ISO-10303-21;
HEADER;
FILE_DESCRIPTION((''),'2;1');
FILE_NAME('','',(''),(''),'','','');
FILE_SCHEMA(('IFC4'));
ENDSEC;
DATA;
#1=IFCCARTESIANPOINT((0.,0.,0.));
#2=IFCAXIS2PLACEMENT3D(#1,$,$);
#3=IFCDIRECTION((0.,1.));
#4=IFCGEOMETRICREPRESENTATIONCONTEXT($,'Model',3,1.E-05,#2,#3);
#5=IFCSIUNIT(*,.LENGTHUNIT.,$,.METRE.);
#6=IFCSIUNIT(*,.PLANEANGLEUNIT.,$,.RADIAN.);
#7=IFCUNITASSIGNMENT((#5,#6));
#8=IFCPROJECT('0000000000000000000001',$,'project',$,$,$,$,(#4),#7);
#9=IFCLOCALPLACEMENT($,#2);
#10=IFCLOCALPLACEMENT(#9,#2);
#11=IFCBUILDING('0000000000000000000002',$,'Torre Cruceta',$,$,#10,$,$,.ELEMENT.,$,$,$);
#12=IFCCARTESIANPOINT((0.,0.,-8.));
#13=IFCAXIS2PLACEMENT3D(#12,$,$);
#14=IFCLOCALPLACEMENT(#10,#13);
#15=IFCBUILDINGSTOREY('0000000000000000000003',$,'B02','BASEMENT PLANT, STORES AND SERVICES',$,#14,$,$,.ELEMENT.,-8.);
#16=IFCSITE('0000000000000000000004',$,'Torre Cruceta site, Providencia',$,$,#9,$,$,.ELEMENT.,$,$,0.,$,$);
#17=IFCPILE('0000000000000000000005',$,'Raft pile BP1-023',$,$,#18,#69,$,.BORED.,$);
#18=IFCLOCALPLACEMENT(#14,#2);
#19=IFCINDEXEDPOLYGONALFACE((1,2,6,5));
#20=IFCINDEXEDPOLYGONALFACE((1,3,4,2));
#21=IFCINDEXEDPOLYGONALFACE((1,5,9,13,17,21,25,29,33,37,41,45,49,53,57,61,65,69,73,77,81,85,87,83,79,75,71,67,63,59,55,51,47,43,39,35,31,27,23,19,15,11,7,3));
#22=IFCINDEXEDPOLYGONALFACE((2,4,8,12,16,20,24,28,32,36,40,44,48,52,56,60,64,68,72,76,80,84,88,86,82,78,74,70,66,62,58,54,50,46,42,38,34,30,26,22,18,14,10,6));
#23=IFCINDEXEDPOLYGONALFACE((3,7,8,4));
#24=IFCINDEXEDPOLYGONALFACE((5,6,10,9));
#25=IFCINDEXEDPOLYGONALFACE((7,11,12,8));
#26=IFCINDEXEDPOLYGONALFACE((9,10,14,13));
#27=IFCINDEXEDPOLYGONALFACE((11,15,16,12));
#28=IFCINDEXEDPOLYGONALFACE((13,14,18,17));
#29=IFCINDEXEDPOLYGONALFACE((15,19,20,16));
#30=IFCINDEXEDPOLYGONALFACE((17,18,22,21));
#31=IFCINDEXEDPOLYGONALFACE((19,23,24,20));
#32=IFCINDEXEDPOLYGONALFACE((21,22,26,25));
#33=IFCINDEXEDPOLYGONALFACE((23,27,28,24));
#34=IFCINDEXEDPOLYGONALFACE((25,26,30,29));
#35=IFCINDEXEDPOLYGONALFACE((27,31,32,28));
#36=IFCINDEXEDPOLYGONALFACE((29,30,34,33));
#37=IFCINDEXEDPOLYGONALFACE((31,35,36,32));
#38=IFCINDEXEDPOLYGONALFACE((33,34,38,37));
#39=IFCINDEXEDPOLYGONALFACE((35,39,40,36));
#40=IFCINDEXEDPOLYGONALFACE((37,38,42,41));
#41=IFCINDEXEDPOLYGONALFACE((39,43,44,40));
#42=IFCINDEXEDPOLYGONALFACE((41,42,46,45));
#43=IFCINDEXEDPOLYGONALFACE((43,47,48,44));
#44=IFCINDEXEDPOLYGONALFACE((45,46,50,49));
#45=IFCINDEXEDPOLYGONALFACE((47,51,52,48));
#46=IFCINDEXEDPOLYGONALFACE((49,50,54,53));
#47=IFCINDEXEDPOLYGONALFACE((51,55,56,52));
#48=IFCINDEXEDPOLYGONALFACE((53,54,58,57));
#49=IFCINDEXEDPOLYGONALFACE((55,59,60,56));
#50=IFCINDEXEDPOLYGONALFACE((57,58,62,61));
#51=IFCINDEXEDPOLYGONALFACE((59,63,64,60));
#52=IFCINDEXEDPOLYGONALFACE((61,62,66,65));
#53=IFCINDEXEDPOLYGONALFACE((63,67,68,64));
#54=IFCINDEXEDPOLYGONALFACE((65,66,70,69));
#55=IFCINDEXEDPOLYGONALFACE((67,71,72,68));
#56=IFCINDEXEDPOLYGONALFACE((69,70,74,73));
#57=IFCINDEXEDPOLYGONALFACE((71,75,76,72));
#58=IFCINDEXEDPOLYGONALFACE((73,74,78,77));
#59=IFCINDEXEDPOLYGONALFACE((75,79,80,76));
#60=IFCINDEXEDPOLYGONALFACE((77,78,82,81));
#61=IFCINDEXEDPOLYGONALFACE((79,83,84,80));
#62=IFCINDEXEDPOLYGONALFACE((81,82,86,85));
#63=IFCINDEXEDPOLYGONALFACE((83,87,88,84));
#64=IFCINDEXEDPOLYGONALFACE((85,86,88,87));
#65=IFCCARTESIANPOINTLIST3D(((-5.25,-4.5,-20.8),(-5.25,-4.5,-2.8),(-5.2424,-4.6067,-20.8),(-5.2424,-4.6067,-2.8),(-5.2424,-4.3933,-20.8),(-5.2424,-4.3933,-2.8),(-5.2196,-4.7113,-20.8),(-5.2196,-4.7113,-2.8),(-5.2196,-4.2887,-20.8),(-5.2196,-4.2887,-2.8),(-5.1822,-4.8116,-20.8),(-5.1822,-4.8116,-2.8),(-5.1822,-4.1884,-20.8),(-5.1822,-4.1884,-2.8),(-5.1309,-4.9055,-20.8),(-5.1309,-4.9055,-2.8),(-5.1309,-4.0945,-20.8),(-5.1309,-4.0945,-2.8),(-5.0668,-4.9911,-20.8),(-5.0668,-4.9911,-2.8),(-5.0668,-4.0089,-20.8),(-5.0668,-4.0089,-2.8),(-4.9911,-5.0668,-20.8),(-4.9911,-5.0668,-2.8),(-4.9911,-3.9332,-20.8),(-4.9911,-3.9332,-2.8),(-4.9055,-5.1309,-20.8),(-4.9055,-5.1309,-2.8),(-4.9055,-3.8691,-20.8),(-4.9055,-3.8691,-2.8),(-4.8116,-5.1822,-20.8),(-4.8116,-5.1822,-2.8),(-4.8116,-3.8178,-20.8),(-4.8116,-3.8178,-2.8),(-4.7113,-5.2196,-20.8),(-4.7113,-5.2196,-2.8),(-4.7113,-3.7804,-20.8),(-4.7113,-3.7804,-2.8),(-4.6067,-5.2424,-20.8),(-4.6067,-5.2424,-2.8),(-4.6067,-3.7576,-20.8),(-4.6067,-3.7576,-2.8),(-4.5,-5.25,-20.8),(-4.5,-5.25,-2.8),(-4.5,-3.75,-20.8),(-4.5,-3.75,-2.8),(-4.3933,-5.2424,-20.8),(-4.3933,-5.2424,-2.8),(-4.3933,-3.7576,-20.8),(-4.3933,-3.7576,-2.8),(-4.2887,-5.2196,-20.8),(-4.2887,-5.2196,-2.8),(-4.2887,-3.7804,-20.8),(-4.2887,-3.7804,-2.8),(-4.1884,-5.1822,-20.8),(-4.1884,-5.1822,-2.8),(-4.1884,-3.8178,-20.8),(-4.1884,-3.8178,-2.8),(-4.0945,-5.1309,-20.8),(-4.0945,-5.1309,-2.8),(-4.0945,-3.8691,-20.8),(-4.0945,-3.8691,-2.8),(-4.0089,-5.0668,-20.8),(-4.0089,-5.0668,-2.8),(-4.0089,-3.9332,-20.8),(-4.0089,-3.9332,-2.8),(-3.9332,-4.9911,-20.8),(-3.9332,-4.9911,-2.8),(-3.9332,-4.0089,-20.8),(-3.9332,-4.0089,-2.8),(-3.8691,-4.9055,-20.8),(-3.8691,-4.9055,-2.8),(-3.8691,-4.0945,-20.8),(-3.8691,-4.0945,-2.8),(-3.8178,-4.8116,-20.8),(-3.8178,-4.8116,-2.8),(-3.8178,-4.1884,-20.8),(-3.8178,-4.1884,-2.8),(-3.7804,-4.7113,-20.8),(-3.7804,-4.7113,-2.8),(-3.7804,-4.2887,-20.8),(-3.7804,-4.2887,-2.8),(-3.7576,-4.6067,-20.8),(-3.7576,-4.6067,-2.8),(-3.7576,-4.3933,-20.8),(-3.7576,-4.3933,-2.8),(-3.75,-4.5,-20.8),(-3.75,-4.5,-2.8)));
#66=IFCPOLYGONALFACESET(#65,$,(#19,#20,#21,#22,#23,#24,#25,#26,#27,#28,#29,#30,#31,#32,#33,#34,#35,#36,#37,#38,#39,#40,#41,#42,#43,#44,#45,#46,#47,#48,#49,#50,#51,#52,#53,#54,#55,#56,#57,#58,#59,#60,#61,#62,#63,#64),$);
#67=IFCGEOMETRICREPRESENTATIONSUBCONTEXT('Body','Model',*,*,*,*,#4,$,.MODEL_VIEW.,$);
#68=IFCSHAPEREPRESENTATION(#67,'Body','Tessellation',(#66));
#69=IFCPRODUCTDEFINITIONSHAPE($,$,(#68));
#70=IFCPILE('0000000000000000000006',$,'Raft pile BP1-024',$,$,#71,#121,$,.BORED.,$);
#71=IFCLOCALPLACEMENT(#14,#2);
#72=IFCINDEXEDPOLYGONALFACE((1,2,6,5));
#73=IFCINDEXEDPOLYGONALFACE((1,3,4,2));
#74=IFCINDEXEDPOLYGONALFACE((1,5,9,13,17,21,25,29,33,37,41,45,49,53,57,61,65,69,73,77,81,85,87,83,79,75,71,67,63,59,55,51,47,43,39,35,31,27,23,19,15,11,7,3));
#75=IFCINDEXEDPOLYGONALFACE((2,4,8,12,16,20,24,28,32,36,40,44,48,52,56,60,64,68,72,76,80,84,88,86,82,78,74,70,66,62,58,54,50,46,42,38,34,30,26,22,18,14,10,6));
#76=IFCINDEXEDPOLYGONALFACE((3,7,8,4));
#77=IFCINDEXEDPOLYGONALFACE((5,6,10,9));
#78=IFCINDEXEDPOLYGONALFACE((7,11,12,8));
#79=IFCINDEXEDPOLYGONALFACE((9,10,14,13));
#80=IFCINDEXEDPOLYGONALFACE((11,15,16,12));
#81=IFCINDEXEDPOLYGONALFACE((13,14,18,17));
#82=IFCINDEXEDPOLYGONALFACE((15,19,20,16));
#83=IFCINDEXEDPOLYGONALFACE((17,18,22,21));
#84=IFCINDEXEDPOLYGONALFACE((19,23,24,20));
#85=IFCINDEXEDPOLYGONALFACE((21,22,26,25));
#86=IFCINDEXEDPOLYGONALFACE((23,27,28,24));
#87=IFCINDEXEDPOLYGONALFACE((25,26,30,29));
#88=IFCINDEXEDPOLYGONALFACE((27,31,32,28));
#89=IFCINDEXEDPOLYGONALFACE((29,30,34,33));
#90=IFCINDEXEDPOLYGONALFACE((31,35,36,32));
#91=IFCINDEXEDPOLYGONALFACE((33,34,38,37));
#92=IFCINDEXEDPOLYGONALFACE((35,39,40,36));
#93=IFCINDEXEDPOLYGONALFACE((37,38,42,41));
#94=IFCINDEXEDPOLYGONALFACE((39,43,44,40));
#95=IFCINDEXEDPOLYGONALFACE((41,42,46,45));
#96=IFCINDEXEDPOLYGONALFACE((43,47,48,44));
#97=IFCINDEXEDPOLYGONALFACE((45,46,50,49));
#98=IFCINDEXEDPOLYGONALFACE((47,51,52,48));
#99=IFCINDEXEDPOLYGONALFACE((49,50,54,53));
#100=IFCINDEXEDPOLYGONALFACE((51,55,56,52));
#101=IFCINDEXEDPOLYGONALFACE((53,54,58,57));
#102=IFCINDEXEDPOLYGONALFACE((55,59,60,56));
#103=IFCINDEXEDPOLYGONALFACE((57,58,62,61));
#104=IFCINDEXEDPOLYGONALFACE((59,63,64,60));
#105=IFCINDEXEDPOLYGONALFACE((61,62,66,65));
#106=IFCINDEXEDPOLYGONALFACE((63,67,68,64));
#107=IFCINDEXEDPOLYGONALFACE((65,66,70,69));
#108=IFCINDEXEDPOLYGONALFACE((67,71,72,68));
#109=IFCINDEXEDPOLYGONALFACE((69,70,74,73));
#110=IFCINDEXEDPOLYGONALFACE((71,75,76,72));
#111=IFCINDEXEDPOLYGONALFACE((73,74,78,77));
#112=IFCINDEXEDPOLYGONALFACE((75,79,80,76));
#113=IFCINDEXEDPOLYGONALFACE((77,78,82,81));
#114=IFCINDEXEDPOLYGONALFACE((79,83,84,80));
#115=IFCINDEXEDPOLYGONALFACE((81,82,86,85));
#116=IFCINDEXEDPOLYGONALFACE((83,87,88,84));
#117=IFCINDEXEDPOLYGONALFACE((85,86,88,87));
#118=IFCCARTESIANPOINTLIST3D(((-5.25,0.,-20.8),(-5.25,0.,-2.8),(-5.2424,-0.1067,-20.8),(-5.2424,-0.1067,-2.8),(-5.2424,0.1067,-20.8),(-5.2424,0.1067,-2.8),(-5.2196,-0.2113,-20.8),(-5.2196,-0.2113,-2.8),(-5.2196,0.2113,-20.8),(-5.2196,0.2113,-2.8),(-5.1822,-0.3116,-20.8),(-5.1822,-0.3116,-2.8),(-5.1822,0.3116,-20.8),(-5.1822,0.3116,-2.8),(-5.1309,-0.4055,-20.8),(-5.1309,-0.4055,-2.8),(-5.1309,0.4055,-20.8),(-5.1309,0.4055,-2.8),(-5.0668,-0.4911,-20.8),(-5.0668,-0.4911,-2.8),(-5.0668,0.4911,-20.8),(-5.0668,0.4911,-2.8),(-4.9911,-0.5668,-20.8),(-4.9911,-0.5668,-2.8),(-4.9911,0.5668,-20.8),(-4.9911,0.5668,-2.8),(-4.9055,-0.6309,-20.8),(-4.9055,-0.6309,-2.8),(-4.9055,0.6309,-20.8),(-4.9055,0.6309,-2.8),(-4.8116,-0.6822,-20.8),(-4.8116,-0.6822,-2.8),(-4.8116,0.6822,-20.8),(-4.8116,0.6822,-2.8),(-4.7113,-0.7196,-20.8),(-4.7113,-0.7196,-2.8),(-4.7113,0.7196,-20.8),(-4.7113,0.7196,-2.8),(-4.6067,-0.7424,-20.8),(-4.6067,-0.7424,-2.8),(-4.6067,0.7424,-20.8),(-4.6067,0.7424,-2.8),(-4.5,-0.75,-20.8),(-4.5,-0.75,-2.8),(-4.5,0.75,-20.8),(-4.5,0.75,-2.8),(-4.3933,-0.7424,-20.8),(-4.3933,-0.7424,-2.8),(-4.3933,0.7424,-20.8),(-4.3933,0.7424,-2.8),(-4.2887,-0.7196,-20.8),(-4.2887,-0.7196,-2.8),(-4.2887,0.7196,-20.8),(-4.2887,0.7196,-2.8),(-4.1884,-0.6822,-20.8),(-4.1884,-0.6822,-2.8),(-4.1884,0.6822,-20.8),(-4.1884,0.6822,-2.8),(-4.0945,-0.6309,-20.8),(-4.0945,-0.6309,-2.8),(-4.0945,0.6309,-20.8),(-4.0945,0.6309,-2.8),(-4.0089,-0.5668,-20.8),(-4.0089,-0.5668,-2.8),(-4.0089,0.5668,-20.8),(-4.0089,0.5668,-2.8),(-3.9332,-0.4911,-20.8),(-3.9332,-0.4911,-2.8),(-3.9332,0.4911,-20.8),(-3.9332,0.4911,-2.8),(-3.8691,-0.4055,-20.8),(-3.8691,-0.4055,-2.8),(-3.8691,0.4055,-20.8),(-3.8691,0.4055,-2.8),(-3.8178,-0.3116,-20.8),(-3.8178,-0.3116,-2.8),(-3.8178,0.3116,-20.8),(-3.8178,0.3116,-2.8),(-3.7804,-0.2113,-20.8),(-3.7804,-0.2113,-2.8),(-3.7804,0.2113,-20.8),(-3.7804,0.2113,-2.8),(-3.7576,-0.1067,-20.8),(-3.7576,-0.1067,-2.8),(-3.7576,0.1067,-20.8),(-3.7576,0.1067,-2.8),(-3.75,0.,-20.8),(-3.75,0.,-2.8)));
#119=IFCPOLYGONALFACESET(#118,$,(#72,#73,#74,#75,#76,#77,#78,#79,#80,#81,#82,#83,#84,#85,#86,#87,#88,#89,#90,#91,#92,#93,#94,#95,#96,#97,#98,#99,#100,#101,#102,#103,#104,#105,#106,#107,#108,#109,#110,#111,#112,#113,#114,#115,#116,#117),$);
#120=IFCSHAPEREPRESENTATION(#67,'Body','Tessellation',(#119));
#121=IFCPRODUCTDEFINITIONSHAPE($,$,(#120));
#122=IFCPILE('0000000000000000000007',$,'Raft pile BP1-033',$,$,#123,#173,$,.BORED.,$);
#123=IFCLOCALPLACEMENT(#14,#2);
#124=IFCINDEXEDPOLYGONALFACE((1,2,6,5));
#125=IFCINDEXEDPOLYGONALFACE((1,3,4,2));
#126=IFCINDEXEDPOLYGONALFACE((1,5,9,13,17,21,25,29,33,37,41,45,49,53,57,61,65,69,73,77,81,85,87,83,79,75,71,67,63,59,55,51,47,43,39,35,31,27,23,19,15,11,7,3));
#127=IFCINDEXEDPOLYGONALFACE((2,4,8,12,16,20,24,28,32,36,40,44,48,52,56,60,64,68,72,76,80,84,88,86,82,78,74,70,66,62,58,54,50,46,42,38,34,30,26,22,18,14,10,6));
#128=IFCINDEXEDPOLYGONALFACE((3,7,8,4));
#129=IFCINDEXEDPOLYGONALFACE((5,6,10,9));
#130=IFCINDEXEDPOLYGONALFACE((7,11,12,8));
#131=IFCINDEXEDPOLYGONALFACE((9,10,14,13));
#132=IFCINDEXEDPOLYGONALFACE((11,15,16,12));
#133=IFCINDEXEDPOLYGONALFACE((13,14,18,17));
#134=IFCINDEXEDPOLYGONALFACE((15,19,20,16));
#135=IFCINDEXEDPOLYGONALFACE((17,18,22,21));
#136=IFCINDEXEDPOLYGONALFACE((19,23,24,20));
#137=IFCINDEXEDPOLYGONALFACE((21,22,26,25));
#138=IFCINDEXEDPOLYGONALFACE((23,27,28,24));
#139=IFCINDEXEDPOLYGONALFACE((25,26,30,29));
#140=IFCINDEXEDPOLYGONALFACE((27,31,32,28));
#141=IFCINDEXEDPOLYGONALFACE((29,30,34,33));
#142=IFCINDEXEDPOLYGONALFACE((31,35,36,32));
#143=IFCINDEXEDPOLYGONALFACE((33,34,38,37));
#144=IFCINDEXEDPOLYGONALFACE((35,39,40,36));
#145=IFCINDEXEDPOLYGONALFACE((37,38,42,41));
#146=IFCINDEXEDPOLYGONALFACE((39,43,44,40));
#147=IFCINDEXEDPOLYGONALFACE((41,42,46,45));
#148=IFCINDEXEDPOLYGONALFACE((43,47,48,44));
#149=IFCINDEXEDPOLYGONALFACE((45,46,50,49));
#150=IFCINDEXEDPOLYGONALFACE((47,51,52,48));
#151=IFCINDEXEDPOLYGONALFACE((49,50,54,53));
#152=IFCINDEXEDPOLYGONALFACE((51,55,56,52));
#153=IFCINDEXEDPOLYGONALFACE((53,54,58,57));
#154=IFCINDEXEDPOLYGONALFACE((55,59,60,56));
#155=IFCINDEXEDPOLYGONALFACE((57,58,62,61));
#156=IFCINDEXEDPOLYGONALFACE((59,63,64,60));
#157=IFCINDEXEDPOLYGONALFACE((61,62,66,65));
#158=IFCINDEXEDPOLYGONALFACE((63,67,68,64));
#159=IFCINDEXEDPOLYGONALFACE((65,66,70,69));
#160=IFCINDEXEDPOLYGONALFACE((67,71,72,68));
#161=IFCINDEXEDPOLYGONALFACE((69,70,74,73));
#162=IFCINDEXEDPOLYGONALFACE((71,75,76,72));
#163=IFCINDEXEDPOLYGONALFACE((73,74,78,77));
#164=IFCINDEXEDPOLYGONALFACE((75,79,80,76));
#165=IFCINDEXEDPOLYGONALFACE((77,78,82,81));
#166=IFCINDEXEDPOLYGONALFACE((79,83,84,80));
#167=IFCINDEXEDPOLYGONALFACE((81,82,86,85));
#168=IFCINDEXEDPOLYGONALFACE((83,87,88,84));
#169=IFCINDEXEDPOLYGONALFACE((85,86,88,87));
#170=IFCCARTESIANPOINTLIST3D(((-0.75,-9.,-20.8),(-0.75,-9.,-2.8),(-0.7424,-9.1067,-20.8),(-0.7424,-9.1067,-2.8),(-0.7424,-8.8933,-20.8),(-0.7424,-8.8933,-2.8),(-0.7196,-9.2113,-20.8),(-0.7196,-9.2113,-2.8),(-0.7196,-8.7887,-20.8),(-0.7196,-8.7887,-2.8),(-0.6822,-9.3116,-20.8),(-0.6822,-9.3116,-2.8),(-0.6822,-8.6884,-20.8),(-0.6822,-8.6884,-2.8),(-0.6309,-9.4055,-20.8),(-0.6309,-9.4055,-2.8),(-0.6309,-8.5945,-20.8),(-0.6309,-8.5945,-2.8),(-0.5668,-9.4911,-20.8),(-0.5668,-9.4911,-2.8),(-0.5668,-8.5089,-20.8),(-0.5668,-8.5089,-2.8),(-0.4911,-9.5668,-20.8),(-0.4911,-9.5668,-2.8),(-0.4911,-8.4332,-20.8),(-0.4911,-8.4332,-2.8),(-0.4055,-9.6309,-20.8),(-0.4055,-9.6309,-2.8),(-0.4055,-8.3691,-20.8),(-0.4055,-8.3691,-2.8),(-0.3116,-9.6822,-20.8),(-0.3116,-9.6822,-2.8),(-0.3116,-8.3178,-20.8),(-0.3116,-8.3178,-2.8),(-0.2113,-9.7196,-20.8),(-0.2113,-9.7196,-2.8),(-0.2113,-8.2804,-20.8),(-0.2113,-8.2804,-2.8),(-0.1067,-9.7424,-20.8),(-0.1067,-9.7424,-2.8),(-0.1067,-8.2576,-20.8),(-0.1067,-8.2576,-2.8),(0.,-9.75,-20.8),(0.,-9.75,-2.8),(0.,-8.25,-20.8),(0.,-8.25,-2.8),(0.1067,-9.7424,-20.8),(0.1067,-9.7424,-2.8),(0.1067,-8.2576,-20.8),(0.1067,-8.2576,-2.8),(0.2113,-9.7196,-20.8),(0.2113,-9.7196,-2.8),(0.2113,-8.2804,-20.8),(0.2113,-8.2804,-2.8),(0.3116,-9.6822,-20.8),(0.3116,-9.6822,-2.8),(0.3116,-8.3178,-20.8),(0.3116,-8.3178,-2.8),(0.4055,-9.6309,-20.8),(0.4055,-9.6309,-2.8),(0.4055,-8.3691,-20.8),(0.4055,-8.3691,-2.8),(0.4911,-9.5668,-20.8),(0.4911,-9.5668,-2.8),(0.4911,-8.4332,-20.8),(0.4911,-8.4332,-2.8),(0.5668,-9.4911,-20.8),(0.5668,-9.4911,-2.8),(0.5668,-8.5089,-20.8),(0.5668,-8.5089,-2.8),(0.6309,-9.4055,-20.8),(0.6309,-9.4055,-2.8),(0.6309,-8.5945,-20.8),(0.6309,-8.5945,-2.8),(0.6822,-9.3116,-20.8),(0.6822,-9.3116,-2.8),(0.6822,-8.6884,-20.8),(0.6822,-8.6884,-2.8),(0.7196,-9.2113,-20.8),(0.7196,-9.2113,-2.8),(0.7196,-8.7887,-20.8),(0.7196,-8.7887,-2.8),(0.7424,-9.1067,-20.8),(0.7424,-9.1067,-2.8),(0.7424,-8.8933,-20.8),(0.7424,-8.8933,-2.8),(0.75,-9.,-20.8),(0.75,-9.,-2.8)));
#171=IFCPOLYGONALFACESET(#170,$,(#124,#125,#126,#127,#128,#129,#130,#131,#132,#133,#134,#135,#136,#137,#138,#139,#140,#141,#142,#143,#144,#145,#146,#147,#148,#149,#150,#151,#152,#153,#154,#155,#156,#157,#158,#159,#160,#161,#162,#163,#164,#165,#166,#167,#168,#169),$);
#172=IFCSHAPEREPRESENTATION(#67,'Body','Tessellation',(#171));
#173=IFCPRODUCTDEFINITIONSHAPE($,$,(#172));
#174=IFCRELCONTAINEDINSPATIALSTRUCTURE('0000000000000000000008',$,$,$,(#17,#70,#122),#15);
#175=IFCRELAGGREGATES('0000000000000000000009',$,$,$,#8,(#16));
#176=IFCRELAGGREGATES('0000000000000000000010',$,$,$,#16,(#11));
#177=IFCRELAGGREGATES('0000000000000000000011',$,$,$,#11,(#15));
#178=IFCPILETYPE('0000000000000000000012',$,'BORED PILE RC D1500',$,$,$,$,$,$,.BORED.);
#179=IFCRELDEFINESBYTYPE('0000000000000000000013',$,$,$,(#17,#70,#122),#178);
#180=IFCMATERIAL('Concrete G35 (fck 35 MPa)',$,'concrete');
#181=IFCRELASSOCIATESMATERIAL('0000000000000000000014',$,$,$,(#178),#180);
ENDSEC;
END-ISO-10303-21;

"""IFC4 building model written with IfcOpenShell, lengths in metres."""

from ifc_helpers import new_model, si_unit, direction, frame, origin, origin_2d, place, context, subcontext, project, spatial, circle, extrude, material, material_profile, profile_set, type_object, element, save


model = new_model("IFC4")

# Units and contexts
model_context = context("Model", 3, precision=1e-05, world=origin(), true_north=direction((0.0, 1.0)))
body_context = subcontext(model_context, "Body", "Model", "MODEL_VIEW")
ifc_project = project(units=[si_unit("LENGTHUNIT", "METRE"), si_unit("PLANEANGLEUNIT", "RADIAN")], contexts=[model_context])

# Site, building, storey
site_placement = place(None, origin())
site = spatial("IfcSite", under=ifc_project, at=site_placement, Name="Torre Cruceta site, Providencia", CompositionType="ELEMENT", RefElevation=0.0)
building_placement = place(site_placement, origin())
building = spatial("IfcBuilding", under=site, at=building_placement, Name="Torre Cruceta", CompositionType="ELEMENT")
storey_placement = place(building_placement, frame((0.0, 0.0, -8.0)))
storey = spatial("IfcBuildingStorey", under=building, at=storey_placement, Name="B02", Description="BASEMENT PLANT, STORES AND SERVICES", CompositionType="ELEMENT", Elevation=-8.0)

# Piles
ifc_material_1 = material(Name="Concrete G35 (fck 35 MPa)", Category="concrete")
ifc_material_profile_1 = material_profile(ifc_material_1, circle(Radius=0.75, at=origin_2d()), Name="RC D1500")
ifc_profile_set_1 = profile_set([ifc_material_profile_1], Name="Concrete G35 (fck 35 MPa)")
pile_type = type_object("IfcPileType", Name="BORED PILE RC D1500", PredefinedType="BORED", material=ifc_profile_set_1)
for number, where, z_axis, x_axis, name in (
    (1, (-4.5, -4.5, -2.8), (0.0, 0.0, -1.0), (1.0, 0.0, 0.0), "Raft pile BP1-023"),
    (2, (-4.5, 0.0, -2.8), (0.0, 0.0, -1.0), (1.0, 0.0, 0.0), "Raft pile BP1-024"),
    (3, (0.0, -9.0, -2.8), (0.0, 0.0, -1.0), (1.0, 0.0, 0.0), "Raft pile BP1-033"),
):
    element("IfcPile", number, at=place(storey_placement, frame(where, z_axis=z_axis, x_axis=x_axis)), inside=storey, type_object=pile_type, Name=name, PredefinedType="BORED", context=body_context, shape_type="SweptSolid", body=[
        extrude(circle(Radius=0.75, at=origin_2d()), origin(), (0.0, 0.0, 1.0), 18.0),
    ])

save(model, "model.ifc")
